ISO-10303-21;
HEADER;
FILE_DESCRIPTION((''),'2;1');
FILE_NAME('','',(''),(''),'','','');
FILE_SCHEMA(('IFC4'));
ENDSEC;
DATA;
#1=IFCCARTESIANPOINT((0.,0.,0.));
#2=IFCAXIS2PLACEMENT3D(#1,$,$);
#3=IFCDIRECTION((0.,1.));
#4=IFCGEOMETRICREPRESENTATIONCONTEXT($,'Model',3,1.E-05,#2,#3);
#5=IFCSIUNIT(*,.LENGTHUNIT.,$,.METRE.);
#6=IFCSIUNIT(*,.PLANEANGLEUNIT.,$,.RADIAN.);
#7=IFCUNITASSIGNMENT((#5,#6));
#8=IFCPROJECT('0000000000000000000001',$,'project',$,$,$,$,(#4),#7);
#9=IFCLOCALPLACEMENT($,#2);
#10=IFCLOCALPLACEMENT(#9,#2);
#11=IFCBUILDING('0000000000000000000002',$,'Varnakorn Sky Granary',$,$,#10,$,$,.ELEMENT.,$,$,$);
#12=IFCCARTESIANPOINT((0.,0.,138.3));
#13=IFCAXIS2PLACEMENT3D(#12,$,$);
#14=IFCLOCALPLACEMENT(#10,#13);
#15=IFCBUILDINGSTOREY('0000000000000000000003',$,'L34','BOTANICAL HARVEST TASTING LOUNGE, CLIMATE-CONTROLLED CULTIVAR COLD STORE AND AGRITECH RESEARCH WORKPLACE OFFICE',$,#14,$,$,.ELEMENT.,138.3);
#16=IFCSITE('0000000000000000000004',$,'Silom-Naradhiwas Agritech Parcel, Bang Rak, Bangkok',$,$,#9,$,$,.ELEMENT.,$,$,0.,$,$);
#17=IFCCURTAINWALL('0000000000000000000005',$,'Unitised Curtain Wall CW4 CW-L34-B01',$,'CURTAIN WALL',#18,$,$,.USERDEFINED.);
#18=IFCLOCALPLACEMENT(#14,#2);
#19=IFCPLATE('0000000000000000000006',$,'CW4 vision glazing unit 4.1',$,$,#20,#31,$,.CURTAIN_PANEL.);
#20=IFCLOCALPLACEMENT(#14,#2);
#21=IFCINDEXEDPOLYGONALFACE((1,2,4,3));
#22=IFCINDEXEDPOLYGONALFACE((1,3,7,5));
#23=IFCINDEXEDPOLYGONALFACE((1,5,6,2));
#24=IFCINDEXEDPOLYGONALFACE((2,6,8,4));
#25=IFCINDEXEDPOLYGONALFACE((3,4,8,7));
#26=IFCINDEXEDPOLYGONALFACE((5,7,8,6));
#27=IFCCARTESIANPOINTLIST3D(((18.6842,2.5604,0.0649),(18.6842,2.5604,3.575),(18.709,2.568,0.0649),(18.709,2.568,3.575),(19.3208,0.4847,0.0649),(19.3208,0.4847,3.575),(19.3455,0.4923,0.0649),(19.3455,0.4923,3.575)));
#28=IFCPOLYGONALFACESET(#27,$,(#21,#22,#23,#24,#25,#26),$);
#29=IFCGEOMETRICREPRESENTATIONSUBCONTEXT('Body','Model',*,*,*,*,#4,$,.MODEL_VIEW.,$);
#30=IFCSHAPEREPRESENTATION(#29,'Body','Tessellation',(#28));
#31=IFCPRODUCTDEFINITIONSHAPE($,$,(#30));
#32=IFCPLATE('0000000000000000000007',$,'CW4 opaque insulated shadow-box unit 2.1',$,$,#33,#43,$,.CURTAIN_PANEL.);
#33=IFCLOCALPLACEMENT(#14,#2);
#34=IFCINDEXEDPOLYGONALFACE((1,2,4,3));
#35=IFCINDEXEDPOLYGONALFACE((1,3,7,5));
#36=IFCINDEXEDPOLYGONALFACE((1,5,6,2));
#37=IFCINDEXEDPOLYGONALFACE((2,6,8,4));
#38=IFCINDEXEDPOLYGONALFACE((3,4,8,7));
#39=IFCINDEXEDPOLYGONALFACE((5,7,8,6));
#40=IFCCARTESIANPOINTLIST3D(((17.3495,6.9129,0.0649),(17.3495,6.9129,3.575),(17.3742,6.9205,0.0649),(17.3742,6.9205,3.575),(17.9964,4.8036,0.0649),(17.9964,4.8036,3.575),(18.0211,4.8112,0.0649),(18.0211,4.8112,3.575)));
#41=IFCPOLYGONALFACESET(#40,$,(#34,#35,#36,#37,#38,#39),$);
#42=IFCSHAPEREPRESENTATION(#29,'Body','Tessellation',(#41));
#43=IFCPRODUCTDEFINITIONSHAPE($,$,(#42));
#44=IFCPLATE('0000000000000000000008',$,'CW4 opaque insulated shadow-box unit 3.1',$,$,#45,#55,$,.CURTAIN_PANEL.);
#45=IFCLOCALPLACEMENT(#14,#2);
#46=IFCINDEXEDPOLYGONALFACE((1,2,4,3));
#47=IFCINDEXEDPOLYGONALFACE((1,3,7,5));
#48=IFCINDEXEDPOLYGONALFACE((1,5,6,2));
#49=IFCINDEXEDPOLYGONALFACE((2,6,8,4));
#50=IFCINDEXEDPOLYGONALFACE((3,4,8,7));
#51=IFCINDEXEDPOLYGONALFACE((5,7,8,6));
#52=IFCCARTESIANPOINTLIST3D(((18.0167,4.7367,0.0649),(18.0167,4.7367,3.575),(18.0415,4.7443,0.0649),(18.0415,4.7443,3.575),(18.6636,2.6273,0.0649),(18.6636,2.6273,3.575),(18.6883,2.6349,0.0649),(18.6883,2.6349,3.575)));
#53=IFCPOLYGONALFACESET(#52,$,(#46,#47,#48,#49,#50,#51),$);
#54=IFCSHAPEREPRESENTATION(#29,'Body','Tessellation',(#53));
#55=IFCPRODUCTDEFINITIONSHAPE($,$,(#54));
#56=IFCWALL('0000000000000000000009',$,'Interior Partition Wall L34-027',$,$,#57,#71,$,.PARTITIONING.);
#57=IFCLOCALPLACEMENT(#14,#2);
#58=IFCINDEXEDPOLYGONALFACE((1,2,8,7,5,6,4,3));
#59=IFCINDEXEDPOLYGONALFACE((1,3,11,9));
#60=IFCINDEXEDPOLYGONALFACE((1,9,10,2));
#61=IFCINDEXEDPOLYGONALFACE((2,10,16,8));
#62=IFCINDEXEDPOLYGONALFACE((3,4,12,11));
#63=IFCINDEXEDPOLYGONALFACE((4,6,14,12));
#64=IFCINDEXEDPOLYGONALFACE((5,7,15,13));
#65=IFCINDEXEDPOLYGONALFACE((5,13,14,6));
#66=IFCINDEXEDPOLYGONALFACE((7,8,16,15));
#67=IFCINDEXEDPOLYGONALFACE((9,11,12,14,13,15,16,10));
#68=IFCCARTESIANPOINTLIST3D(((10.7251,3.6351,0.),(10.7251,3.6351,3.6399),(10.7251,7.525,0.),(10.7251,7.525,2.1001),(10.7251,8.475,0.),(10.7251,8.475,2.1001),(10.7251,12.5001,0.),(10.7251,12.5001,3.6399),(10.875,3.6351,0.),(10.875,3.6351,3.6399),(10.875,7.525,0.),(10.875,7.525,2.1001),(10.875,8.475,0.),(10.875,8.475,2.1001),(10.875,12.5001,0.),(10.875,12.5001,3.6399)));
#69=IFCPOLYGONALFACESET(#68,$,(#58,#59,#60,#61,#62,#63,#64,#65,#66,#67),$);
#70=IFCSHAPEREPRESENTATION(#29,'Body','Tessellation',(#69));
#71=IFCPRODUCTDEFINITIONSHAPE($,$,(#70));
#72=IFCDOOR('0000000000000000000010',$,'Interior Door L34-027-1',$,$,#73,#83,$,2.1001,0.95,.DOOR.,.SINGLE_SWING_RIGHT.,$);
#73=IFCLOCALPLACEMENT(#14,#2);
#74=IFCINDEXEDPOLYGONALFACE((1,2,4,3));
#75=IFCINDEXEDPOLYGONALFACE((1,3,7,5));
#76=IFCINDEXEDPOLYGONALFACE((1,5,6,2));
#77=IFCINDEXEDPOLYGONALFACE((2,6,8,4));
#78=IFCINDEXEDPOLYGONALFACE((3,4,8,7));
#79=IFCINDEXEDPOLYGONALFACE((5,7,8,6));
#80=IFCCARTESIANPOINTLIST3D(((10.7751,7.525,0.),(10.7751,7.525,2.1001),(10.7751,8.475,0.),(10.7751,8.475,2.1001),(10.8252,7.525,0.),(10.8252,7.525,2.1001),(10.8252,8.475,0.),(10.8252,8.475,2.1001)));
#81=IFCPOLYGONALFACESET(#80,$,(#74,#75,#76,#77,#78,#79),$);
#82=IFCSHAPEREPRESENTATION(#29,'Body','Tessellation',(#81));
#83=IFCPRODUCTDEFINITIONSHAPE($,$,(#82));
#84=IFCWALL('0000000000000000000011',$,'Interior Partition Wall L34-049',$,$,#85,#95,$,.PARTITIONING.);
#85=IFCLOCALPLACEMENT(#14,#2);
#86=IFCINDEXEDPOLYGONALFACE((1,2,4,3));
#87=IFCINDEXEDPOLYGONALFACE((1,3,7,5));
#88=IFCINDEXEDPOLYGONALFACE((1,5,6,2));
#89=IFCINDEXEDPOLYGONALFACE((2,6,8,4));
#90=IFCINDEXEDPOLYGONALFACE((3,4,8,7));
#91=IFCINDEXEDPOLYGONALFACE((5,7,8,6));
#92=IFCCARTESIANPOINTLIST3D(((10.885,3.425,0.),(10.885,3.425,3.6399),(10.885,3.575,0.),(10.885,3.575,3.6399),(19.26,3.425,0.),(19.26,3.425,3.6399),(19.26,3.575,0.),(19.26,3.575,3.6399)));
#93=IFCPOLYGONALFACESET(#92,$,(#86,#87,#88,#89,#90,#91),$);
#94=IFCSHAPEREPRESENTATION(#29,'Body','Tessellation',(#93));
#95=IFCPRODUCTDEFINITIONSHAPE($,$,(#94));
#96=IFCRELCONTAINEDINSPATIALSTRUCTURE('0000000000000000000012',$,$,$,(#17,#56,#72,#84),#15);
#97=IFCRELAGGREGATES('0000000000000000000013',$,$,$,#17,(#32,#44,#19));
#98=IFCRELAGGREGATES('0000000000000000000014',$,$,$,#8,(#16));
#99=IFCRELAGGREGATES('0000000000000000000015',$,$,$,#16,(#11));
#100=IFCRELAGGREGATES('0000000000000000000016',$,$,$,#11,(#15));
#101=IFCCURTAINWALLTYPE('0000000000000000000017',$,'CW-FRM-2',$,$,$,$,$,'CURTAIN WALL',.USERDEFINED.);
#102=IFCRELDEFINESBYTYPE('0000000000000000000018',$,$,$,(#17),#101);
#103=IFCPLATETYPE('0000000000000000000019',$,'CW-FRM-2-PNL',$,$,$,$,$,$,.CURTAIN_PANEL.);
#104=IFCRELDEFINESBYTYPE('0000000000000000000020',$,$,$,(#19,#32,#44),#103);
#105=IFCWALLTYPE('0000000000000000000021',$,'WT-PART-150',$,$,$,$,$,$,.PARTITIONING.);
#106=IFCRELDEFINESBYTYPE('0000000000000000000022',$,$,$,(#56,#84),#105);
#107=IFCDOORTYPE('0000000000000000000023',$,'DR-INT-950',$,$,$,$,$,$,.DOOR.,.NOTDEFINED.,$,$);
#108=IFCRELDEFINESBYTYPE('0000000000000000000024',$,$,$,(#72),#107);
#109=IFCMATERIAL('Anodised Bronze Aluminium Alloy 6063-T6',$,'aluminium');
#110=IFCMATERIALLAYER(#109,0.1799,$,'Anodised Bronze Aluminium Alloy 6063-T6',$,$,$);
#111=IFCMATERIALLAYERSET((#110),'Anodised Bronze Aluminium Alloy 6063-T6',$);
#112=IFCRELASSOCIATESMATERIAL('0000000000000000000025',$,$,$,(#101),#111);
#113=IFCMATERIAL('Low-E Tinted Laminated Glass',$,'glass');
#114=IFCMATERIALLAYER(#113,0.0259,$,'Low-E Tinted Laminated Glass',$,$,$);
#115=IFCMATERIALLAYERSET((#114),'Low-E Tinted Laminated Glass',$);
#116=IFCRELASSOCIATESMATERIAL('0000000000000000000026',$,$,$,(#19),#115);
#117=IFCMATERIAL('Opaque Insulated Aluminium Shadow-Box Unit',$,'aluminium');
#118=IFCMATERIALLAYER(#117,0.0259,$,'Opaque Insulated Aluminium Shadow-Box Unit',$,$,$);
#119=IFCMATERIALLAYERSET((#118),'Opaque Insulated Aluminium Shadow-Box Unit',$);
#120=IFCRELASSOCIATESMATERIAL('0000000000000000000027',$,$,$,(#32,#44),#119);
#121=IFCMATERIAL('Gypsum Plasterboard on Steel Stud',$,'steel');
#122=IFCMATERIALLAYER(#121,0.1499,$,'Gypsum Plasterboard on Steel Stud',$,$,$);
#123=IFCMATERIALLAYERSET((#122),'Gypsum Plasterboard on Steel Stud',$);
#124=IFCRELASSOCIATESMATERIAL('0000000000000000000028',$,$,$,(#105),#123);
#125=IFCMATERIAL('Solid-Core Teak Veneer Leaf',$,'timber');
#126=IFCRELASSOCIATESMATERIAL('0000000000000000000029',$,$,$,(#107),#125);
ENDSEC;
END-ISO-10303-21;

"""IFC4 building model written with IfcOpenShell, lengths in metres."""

from ifc_helpers import new_model, si_unit, direction, frame, frame_2d, origin, origin_2d, place, context, subcontext, project, spatial, rectangle, extrude, source, transform, mapped, material, layer, layer_set, type_object, type_shapes, element, fill, aggregate, save


model = new_model("IFC4")

# Units and contexts
model_context = context("Model", 3, precision=1e-05, world=origin(), true_north=direction((0.0, 1.0)))
body_context = subcontext(model_context, "Body", "Model", "MODEL_VIEW")
ifc_project = project(units=[si_unit("LENGTHUNIT", "METRE"), si_unit("PLANEANGLEUNIT", "RADIAN")], contexts=[model_context])

# Site, building, storey
site_placement = place(None, origin())
site = spatial("IfcSite", under=ifc_project, at=site_placement, Name="Silom-Naradhiwas Agritech Parcel, Bang Rak, Bangkok", CompositionType="ELEMENT", RefElevation=0.0)
building_placement = place(site_placement, origin())
building = spatial("IfcBuilding", under=site, at=building_placement, Name="Varnakorn Sky Granary", CompositionType="ELEMENT")
storey_placement = place(building_placement, frame((0.0, 0.0, 138.3)))
storey = spatial("IfcBuildingStorey", under=building, at=storey_placement, Name="L34", Description="BOTANICAL HARVEST TASTING LOUNGE, CLIMATE-CONTROLLED CULTIVAR COLD STORE AND AGRITECH RESEARCH WORKPLACE OFFICE", CompositionType="ELEMENT", Elevation=138.3)

# Curtain wall
ifc_material_1 = material(Name="Anodised Bronze Aluminium Alloy 6063-T6", Category="aluminium")
ifc_layer_1 = layer(ifc_material_1, 0.1799, Name="Anodised Bronze Aluminium Alloy 6063-T6")
ifc_layer_set_1 = layer_set([ifc_layer_1], Name="Anodised Bronze Aluminium Alloy 6063-T6")
curtain_wall_type = type_object("IfcCurtainWallType", Name="CW-FRM-2", ElementType="CURTAIN WALL", PredefinedType="USERDEFINED", material=ifc_layer_set_1)
curtain_wall_placement = place(storey_placement, origin())
curtain_wall = element("IfcCurtainWall", 1, at=curtain_wall_placement, inside=storey, type_object=curtain_wall_type, Name="Unitised Curtain Wall CW4 CW-L34-B01", ObjectType="CURTAIN WALL", PredefinedType="USERDEFINED")

# Plates
ifc_material_2 = material(Name="Low-E Tinted Laminated Glass", Category="glass")
ifc_layer_2 = layer(ifc_material_2, 0.0259, Name="Low-E Tinted Laminated Glass")
ifc_layer_set_2 = layer_set([ifc_layer_2], Name="Low-E Tinted Laminated Glass")
plate_type = type_object("IfcPlateType", Name="CW-FRM-2-PNL", PredefinedType="CURTAIN_PANEL")
shared_shape_1 = source(origin(), body_context, "Body", "SweptSolid", [
    extrude(rectangle(XDim=2.1711, YDim=0.0259, at=origin_2d()), origin(), (0.0, 0.0, 1.0), 3.51),
])
plate_1_placement = place(storey_placement, frame((19.0149, 1.5264, 0.0649), z_axis=(0.0, 0.0, 1.0), x_axis=(0.293193, -0.956053, 0.0)))
plate_1 = element("IfcPlate", 2, at=plate_1_placement, type_object=plate_type, material=ifc_layer_set_2, Name="CW4 vision glazing unit 4.1", PredefinedType="CURTAIN_PANEL", context=body_context, shape_type="MappedRepresentation", body=[
    mapped(shared_shape_1, transform((0.0, 0.0, 0.0), x_axis=(1.0, 0.0, 0.0), y_axis=(0.0, 1.0, 0.0), z_axis=(0.0, 0.0, 1.0), scale=1.0)),
])
ifc_material_3 = material(Name="Opaque Insulated Aluminium Shadow-Box Unit", Category="aluminium")
ifc_layer_3 = layer(ifc_material_3, 0.0259, Name="Opaque Insulated Aluminium Shadow-Box Unit")
ifc_layer_set_3 = layer_set([ifc_layer_3], Name="Opaque Insulated Aluminium Shadow-Box Unit")
shared_shape_2 = source(origin(), body_context, "Body", "SweptSolid", [
    extrude(rectangle(XDim=2.2063, YDim=0.0259, at=origin_2d()), origin(), (0.0, 0.0, 1.0), 3.51),
])
type_shapes(plate_type, [shared_shape_1, shared_shape_2])
plate_2_placement = place(storey_placement, frame((17.6853, 5.8621, 0.0649), z_axis=(0.0, 0.0, 1.0), x_axis=(0.293193, -0.956053, 0.0)))
plate_2 = element("IfcPlate", 3, at=plate_2_placement, type_object=plate_type, material=ifc_layer_set_3, Name="CW4 opaque insulated shadow-box unit 2.1", PredefinedType="CURTAIN_PANEL", context=body_context, shape_type="MappedRepresentation", body=[
    mapped(shared_shape_2, transform((0.0, 0.0, 0.0), x_axis=(1.0, 0.0, 0.0), y_axis=(0.0, 1.0, 0.0), z_axis=(0.0, 0.0, 1.0), scale=1.0)),
])
plate_3_placement = place(storey_placement, frame((18.3525, 3.6858, 0.0649), z_axis=(0.0, 0.0, 1.0), x_axis=(0.293193, -0.956053, 0.0)))
plate_3 = element("IfcPlate", 4, at=plate_3_placement, type_object=plate_type, material=ifc_layer_set_3, Name="CW4 opaque insulated shadow-box unit 3.1", PredefinedType="CURTAIN_PANEL", context=body_context, shape_type="MappedRepresentation", body=[
    mapped(shared_shape_2, transform((0.0, 0.0, 0.0), x_axis=(1.0, 0.0, 0.0), y_axis=(0.0, 1.0, 0.0), z_axis=(0.0, 0.0, 1.0), scale=1.0)),
])
aggregate(curtain_wall, [plate_2, plate_3, plate_1])

# Wall, opening, door
ifc_material_4 = material(Name="Gypsum Plasterboard on Steel Stud", Category="steel")
ifc_layer_4 = layer(ifc_material_4, 0.1499, Name="Gypsum Plasterboard on Steel Stud")
ifc_layer_set_4 = layer_set([ifc_layer_4], Name="Gypsum Plasterboard on Steel Stud")
wall_type = type_object("IfcWallType", Name="WT-PART-150", PredefinedType="PARTITIONING", material=ifc_layer_set_4)
wall_1_placement = place(storey_placement, frame((10.8, 3.635, 0.0), z_axis=(0.0, 0.0, 1.0), x_axis=(0.0, 1.0, 0.0)))
wall_1 = element("IfcWall", 5, at=wall_1_placement, inside=storey, type_object=wall_type, Name="Interior Partition Wall L34-027", PredefinedType="PARTITIONING", context=body_context, shape_type="SweptSolid", body=[
    extrude(rectangle(XDim=8.865, YDim=0.1499, at=frame_2d((4.4326, 0.0))), origin(), (0.0, 0.0, 1.0), 3.6399),
])
opening_placement = place(wall_1_placement, frame((3.8899, 0.0, 0.0)))
opening = element("IfcOpeningElement", 6, at=opening_placement, cuts=wall_1, PredefinedType="OPENING", context=body_context, shape_type="SweptSolid", body=[
    extrude(rectangle(XDim=0.95, YDim=2.1001, at=frame_2d((0.4751, 1.05))), frame((0.0, 0.085, 0.0), z_axis=(0.0, -1.0, 0.0), x_axis=(1.0, 0.0, 0.0)), (0.0, 0.0, 1.0), 0.1699),
])
ifc_material_5 = material(Name="Solid-Core Teak Veneer Leaf", Category="timber")
door_type = type_object("IfcDoorType", Name="DR-INT-950", OperationType="NOTDEFINED", PredefinedType="DOOR", material=ifc_material_5)
door_placement = place(opening_placement, origin())
door = element("IfcDoor", 7, at=door_placement, inside=storey, type_object=door_type, Name="Interior Door L34-027-1", OperationType="SINGLE_SWING_RIGHT", OverallHeight=2.1001, OverallWidth=0.95, PredefinedType="DOOR", context=body_context, shape_type="SweptSolid", body=[
    extrude(rectangle(XDim=0.95, YDim=2.1001, at=frame_2d((0.4751, 1.05))), frame((0.0, 0.0249, 0.0), z_axis=(0.0, -1.0, 0.0), x_axis=(1.0, 0.0, 0.0)), (0.0, 0.0, 1.0), 0.05),
])
fill(opening, door)

# Wall
wall_2_placement = place(storey_placement, frame((10.885, 3.5, 0.0), z_axis=(0.0, 0.0, 1.0), x_axis=(1.0, 0.0, 0.0)))
element("IfcWall", 8, at=wall_2_placement, inside=storey, type_object=wall_type, Name="Interior Partition Wall L34-049", PredefinedType="PARTITIONING", context=body_context, shape_type="SweptSolid", body=[
    extrude(rectangle(XDim=8.375, YDim=0.1499, at=frame_2d((4.1875, 0.0))), origin(), (0.0, 0.0, 1.0), 3.6399),
])

save(model, "model.ifc")
